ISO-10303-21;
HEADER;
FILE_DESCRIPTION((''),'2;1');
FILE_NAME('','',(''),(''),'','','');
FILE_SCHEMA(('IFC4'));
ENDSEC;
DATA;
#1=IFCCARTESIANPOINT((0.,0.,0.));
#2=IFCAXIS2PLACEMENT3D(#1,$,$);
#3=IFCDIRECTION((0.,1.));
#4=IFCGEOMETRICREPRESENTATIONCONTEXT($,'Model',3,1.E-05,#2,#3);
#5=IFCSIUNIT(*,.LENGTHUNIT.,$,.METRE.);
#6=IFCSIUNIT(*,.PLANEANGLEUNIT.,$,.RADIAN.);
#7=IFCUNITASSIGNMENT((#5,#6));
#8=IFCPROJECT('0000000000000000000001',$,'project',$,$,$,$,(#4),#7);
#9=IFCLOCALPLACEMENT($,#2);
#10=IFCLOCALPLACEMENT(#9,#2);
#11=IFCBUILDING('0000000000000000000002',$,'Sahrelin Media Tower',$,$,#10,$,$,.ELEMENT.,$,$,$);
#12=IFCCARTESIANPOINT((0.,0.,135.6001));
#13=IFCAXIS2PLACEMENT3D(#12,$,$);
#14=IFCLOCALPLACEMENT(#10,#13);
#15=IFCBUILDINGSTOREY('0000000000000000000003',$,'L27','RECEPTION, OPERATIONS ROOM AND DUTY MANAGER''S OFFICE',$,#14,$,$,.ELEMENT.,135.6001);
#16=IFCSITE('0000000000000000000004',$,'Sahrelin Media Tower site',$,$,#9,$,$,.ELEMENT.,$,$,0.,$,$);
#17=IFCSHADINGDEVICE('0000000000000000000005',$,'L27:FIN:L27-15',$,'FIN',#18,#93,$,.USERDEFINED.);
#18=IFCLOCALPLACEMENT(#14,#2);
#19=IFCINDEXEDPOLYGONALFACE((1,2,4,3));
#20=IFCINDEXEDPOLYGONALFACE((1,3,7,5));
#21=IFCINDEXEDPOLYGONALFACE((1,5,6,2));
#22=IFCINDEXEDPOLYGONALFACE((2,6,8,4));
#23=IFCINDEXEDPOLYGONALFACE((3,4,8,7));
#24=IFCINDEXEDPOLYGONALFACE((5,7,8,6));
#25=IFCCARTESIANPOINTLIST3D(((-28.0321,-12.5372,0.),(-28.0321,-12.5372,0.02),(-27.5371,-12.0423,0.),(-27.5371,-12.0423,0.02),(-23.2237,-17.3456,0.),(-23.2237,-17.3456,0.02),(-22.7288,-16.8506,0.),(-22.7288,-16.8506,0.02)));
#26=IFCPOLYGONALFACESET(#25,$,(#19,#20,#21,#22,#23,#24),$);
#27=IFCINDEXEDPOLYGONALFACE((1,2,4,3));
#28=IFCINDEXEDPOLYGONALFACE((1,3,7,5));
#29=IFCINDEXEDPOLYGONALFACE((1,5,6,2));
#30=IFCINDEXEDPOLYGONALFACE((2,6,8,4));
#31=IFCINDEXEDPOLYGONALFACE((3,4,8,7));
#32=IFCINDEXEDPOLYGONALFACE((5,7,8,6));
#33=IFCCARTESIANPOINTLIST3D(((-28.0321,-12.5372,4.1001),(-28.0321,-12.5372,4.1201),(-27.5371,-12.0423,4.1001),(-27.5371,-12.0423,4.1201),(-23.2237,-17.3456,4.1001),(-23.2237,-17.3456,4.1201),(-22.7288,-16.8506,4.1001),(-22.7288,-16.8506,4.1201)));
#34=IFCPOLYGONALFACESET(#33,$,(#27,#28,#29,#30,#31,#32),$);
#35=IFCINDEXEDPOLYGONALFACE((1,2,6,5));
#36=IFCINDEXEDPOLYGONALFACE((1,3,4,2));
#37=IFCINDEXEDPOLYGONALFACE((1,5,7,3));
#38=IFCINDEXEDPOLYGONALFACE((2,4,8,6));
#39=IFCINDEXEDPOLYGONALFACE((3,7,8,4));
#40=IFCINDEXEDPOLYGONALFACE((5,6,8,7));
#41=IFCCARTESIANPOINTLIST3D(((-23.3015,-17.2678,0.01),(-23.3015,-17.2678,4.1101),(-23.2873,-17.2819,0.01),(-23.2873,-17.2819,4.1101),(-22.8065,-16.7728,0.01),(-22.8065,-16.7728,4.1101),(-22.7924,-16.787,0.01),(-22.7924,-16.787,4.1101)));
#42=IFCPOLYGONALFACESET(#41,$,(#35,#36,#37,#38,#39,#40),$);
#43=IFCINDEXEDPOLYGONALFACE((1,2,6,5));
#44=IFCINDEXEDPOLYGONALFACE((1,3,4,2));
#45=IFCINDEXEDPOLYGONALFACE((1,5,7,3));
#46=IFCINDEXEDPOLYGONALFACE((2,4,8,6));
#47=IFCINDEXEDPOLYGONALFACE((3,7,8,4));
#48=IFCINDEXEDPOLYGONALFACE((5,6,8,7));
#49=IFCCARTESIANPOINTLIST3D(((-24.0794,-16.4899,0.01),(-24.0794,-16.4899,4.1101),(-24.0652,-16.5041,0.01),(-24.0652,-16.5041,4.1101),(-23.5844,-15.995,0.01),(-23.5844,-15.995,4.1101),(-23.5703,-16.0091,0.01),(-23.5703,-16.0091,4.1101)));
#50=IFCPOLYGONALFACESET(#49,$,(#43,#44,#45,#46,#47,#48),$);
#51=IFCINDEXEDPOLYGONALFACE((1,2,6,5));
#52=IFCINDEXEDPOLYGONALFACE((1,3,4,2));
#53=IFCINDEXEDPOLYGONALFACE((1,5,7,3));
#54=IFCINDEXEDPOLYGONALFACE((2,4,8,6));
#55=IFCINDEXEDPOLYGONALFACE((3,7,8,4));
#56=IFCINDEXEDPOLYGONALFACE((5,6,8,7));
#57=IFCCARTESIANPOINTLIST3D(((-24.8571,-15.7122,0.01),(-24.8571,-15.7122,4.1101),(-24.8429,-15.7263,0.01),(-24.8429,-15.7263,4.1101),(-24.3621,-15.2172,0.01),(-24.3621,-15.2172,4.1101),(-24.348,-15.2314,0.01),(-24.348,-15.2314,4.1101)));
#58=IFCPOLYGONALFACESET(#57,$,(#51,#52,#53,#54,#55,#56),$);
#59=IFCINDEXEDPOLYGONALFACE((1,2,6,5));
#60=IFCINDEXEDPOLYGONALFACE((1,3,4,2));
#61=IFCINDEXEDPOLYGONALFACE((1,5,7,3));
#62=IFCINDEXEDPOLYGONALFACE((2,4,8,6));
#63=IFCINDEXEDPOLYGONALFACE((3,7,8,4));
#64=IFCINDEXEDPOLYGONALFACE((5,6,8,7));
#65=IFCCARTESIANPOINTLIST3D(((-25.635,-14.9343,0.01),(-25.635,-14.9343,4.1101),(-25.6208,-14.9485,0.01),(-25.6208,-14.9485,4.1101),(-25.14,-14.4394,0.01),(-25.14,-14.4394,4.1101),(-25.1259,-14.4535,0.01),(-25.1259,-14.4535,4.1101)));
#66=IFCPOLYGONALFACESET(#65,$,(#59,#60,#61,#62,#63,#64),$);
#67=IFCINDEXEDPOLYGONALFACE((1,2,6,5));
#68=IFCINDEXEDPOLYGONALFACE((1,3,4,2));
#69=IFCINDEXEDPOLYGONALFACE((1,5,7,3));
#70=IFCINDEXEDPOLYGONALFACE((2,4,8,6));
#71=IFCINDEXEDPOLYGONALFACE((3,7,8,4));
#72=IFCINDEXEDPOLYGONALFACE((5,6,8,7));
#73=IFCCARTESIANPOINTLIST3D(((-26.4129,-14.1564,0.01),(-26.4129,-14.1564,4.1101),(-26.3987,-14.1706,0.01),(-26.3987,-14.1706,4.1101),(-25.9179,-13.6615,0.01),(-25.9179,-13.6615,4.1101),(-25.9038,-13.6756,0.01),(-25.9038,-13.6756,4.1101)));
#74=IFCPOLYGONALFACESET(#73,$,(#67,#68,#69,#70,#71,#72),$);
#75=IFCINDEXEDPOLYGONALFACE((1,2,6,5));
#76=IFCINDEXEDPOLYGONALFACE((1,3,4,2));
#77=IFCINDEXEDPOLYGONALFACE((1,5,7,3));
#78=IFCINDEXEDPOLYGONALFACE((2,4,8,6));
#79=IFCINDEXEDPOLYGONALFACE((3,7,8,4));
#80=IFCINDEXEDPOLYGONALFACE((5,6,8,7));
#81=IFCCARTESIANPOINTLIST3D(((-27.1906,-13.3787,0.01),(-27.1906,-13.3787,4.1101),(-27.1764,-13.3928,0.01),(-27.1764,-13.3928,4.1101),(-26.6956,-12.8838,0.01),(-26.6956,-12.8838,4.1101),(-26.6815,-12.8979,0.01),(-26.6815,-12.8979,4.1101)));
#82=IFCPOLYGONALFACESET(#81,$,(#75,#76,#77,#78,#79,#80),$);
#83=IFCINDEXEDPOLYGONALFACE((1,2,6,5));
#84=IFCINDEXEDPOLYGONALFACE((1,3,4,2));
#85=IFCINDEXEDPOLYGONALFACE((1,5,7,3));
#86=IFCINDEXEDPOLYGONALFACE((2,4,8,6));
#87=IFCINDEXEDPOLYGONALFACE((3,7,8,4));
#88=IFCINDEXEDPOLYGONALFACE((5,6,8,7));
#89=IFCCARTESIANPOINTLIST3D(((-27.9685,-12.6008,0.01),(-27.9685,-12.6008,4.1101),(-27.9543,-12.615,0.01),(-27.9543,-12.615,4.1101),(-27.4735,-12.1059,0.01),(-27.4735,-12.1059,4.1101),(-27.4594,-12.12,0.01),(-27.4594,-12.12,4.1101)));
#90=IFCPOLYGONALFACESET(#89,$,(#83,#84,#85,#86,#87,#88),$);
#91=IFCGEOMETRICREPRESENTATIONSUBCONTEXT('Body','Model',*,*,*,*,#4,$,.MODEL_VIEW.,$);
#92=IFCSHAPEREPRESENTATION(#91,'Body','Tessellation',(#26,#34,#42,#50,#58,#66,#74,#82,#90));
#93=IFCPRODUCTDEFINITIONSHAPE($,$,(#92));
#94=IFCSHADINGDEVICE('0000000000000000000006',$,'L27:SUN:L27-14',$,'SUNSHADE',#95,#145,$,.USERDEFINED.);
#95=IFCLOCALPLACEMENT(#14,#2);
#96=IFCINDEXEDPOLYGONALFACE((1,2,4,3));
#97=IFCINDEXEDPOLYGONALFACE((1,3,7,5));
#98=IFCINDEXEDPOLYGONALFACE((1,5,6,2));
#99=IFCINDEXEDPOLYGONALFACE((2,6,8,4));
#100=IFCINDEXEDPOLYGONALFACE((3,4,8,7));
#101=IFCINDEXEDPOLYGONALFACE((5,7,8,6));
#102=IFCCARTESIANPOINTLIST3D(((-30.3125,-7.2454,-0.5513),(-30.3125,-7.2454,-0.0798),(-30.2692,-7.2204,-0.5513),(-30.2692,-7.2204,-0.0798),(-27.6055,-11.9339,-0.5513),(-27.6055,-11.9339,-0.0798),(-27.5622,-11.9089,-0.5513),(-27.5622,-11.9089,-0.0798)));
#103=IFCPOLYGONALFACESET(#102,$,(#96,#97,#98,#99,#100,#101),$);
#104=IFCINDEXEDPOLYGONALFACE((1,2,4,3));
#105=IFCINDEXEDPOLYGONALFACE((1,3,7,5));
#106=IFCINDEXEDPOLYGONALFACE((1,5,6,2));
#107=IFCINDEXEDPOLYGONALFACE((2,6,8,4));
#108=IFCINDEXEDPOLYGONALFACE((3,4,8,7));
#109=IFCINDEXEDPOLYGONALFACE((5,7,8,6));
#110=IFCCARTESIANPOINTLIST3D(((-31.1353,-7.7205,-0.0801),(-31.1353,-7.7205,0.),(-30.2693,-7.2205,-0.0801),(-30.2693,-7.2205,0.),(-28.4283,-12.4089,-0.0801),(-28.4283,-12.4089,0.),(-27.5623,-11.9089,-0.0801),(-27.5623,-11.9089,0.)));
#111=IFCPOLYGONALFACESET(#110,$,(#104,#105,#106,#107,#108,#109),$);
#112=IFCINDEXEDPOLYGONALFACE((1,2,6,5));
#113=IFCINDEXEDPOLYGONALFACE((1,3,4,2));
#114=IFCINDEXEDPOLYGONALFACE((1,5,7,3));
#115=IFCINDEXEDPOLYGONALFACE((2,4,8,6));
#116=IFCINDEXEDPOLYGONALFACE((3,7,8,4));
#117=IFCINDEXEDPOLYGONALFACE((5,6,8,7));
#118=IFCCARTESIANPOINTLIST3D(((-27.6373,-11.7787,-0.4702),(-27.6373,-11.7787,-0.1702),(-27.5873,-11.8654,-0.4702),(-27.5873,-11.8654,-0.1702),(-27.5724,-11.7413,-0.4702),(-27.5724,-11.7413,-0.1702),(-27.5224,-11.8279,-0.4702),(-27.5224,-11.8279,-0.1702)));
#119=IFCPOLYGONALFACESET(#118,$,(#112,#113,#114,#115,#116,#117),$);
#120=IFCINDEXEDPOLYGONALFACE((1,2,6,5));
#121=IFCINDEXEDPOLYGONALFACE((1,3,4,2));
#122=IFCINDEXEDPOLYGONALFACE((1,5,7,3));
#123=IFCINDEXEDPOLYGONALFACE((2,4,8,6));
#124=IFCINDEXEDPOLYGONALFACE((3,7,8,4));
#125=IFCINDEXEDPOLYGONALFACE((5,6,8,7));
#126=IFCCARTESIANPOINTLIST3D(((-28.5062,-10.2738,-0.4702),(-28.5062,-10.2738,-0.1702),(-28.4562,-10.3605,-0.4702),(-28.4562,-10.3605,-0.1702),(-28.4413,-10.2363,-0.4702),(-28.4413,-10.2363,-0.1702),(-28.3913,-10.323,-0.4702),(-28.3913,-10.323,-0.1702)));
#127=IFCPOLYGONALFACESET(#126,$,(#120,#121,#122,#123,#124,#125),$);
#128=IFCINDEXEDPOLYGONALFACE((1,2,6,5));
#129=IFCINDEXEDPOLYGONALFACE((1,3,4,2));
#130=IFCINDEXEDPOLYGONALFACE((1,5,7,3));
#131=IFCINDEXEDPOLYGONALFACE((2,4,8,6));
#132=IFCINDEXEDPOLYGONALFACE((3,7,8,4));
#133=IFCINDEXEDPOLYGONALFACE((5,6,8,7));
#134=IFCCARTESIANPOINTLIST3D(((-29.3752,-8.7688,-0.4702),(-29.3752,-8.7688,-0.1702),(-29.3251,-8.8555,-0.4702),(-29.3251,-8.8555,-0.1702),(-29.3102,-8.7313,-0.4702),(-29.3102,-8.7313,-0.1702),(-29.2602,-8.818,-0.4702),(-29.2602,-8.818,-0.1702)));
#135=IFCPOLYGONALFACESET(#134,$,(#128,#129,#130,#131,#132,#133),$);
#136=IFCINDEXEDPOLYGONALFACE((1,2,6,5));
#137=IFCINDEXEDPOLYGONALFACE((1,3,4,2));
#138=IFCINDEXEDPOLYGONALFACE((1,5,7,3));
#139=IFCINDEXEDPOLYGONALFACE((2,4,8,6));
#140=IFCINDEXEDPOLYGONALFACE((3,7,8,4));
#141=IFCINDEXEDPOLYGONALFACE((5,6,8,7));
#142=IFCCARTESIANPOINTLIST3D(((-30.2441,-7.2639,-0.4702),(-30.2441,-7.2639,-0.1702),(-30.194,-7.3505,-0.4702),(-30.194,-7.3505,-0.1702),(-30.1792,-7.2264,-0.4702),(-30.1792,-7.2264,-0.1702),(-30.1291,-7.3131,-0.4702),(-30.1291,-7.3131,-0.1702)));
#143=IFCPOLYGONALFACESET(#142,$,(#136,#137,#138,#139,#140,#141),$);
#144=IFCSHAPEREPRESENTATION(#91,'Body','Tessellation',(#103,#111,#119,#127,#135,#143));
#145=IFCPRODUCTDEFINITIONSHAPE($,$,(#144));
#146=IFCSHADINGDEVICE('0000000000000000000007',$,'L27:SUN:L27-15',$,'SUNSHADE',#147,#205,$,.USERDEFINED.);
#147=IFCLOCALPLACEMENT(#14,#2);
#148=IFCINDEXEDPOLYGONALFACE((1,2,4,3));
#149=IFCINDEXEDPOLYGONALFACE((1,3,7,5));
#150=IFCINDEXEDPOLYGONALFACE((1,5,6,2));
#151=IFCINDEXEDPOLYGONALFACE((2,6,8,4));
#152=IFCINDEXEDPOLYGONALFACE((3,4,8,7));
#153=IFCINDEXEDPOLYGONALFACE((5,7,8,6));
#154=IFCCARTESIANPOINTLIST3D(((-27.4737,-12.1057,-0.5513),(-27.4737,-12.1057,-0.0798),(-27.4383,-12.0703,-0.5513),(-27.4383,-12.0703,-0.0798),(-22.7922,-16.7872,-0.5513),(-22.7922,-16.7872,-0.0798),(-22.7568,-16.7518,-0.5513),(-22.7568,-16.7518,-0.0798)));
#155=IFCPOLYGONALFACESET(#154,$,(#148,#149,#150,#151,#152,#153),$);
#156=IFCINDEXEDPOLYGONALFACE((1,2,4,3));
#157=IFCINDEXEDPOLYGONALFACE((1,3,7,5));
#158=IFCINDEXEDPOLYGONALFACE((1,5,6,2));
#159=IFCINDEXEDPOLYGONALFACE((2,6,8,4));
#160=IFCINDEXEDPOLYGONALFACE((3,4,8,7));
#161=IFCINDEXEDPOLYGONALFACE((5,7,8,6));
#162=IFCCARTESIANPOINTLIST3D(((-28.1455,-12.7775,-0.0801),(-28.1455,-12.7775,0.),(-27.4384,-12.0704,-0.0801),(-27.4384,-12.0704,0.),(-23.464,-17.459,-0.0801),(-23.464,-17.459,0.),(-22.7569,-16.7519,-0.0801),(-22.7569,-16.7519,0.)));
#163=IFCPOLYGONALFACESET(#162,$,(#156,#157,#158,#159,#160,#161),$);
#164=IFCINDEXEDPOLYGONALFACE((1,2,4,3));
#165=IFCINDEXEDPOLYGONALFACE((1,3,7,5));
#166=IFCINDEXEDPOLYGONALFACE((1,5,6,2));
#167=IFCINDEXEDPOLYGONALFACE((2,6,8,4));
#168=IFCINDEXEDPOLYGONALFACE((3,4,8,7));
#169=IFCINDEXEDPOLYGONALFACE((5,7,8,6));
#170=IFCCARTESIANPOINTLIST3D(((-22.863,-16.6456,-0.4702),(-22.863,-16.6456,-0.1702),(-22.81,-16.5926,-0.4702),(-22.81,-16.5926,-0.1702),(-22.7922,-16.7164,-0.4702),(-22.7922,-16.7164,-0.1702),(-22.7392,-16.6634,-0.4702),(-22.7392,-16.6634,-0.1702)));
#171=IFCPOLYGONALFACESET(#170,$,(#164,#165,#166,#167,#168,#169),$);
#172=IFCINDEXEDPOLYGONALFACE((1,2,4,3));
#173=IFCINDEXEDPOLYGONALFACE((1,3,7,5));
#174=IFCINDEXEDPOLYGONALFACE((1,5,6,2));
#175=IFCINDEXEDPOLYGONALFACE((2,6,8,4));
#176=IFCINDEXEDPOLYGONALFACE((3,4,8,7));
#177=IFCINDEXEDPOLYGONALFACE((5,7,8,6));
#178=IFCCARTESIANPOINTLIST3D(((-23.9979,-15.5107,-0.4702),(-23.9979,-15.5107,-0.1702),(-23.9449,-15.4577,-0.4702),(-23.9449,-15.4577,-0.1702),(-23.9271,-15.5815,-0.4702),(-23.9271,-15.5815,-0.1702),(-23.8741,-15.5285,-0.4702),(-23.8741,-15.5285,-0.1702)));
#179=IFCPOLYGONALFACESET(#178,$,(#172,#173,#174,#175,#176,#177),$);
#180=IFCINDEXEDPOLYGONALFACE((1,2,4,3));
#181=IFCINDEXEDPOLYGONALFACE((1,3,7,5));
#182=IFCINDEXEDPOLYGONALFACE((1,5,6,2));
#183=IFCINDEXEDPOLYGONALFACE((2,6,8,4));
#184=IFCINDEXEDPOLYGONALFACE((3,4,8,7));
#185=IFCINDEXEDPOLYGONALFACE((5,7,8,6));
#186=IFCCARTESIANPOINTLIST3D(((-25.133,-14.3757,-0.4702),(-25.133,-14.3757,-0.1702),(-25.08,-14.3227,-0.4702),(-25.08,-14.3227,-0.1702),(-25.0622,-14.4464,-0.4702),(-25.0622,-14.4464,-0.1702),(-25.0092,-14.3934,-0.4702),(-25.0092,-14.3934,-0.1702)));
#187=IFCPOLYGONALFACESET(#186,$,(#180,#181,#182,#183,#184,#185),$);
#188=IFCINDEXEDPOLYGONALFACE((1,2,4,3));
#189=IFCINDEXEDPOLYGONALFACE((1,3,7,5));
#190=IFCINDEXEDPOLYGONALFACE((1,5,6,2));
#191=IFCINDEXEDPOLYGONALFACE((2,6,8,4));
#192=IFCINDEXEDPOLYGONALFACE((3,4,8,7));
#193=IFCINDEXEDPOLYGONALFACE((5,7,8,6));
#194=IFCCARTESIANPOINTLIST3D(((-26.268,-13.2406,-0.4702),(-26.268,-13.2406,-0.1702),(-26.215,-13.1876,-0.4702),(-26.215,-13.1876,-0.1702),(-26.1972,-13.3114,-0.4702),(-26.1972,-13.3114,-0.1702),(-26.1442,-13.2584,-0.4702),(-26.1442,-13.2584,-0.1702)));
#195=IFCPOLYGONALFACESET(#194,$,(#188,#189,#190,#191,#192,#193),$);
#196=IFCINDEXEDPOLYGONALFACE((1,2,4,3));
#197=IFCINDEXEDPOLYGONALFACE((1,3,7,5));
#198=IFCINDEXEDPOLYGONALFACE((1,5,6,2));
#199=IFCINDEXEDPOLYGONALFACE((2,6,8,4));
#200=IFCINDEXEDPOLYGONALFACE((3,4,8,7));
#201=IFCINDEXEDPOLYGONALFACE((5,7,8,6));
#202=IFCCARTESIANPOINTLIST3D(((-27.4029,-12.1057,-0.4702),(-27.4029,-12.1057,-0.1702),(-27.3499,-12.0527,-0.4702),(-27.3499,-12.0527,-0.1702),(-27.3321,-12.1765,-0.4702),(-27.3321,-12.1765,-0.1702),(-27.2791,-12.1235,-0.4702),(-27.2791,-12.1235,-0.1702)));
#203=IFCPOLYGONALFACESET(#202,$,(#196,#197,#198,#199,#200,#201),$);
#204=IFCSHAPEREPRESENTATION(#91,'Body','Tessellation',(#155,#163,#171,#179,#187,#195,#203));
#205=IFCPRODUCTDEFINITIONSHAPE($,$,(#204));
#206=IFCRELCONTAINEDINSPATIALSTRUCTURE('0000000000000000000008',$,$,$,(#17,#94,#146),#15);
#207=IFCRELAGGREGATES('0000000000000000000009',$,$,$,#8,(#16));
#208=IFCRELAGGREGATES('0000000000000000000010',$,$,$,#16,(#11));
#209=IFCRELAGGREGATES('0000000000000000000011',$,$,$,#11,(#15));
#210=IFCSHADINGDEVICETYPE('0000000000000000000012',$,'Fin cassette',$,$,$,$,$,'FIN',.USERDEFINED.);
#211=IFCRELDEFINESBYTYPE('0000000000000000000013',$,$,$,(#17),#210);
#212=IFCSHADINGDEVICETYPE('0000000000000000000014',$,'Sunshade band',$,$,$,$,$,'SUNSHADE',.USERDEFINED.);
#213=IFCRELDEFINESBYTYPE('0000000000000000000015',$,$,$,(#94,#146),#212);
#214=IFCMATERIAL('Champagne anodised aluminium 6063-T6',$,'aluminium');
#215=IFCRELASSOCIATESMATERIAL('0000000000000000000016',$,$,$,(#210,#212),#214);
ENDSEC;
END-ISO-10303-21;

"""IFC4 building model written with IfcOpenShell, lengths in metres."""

from ifc_helpers import new_model, si_unit, direction, frame, origin, origin_2d, place, context, subcontext, project, spatial, rectangle, extrude, material, type_object, element, save


model = new_model("IFC4")

# Units and contexts
model_context = context("Model", 3, precision=1e-05, world=origin(), true_north=direction((0.0, 1.0)))
body_context = subcontext(model_context, "Body", "Model", "MODEL_VIEW")
ifc_project = project(units=[si_unit("LENGTHUNIT", "METRE"), si_unit("PLANEANGLEUNIT", "RADIAN")], contexts=[model_context])

# Site, building, storey
site_placement = place(None, origin())
site = spatial("IfcSite", under=ifc_project, at=site_placement, Name="Sahrelin Media Tower site", CompositionType="ELEMENT", RefElevation=0.0)
building_placement = place(site_placement, origin())
building = spatial("IfcBuilding", under=site, at=building_placement, Name="Sahrelin Media Tower", CompositionType="ELEMENT")
storey_placement = place(building_placement, frame((0.0, 0.0, 135.6001)))
storey = spatial("IfcBuildingStorey", under=building, at=storey_placement, Name="L27", Description="RECEPTION, OPERATIONS ROOM AND DUTY MANAGER'S OFFICE", CompositionType="ELEMENT", Elevation=135.6001)

# Shared definitions
ifc_material_1 = material(Name="Champagne anodised aluminium 6063-T6", Category="aluminium")

# Shading devices
shading_device_type_1 = type_object("IfcShadingDeviceType", Name="Fin cassette", ElementType="FIN", PredefinedType="USERDEFINED", material=ifc_material_1)
placement_1 = place(storey_placement, frame((-28.8984, -9.5547, 0.0), z_axis=(0.0, 0.0, 1.0), x_axis=(-0.500011, 0.866019, 0.0)))
placement_2 = place(storey_placement, frame((-25.0835, -14.397, 0.0), z_axis=(0.0, 0.0, 1.0), x_axis=(-0.707107, 0.707107, 0.0)))
element("IfcShadingDevice", 1, at=placement_2, inside=storey, type_object=shading_device_type_1, Name="L27:FIN:L27-15", ObjectType="FIN", PredefinedType="USERDEFINED", context=body_context, shape_type="SweptSolid", body=[
    extrude(rectangle(XDim=6.8, YDim=0.7, at=origin_2d()), frame((0.0, 0.4199, 0.0)), (0.0, 0.0, 1.0), 0.02),
    extrude(rectangle(XDim=6.8, YDim=0.7, at=origin_2d()), frame((0.0, 0.4199, 4.1001)), (0.0, 0.0, 1.0), 0.02),
    extrude(rectangle(XDim=0.02, YDim=0.7, at=origin_2d()), frame((-3.3, 0.4199, 0.01), z_axis=(0.0, 0.0, 1.0), x_axis=(1.0, 0.0, 0.0)), (0.0, 0.0, 1.0), 4.1001),
    extrude(rectangle(XDim=0.02, YDim=0.7, at=origin_2d()), frame((-2.2, 0.4199, 0.01), z_axis=(0.0, 0.0, 1.0), x_axis=(1.0, 0.0, 0.0)), (0.0, 0.0, 1.0), 4.1001),
    extrude(rectangle(XDim=0.02, YDim=0.7, at=origin_2d()), frame((-1.1001, 0.4199, 0.01), z_axis=(0.0, 0.0, 1.0), x_axis=(1.0, 0.0, 0.0)), (0.0, 0.0, 1.0), 4.1001),
    extrude(rectangle(XDim=0.02, YDim=0.7, at=origin_2d()), frame((0.0, 0.4199, 0.01), z_axis=(0.0, 0.0, 1.0), x_axis=(1.0, 0.0, 0.0)), (0.0, 0.0, 1.0), 4.1001),
    extrude(rectangle(XDim=0.02, YDim=0.7, at=origin_2d()), frame((1.1001, 0.4199, 0.01), z_axis=(0.0, 0.0, 1.0), x_axis=(1.0, 0.0, 0.0)), (0.0, 0.0, 1.0), 4.1001),
    extrude(rectangle(XDim=0.02, YDim=0.7, at=origin_2d()), frame((2.2, 0.4199, 0.01), z_axis=(0.0, 0.0, 1.0), x_axis=(1.0, 0.0, 0.0)), (0.0, 0.0, 1.0), 4.1001),
    extrude(rectangle(XDim=0.02, YDim=0.7, at=origin_2d()), frame((3.3, 0.4199, 0.01), z_axis=(0.0, 0.0, 1.0), x_axis=(1.0, 0.0, 0.0)), (0.0, 0.0, 1.0), 4.1001),
])
shading_device_type_2 = type_object("IfcShadingDeviceType", Name="Sunshade band", ElementType="SUNSHADE", PredefinedType="USERDEFINED", material=ifc_material_1)
element("IfcShadingDevice", 2, at=placement_1, inside=storey, type_object=shading_device_type_2, Name="L27:SUN:L27-14", ObjectType="SUNSHADE", PredefinedType="USERDEFINED", context=body_context, shape_type="SweptSolid", body=[
    extrude(rectangle(XDim=5.4138, YDim=0.05, at=origin_2d()), frame((0.0, 0.0449, -0.5513)), (0.0, 0.0, 1.0), 0.4714),
    extrude(rectangle(XDim=5.4138, YDim=1.0, at=origin_2d()), frame((0.0, 0.52, -0.0801)), (0.0, 0.0, 1.0), 0.0801),
    extrude(rectangle(XDim=0.1001, YDim=0.075, at=origin_2d()), frame((-2.6067, -0.0176, -0.4702)), (0.0, 0.0, 1.0), 0.3),
    extrude(rectangle(XDim=0.1001, YDim=0.075, at=origin_2d()), frame((-0.8689, -0.0176, -0.4702)), (0.0, 0.0, 1.0), 0.3),
    extrude(rectangle(XDim=0.1001, YDim=0.075, at=origin_2d()), frame((0.8689, -0.0176, -0.4702)), (0.0, 0.0, 1.0), 0.3),
    extrude(rectangle(XDim=0.1001, YDim=0.075, at=origin_2d()), frame((2.6067, -0.0176, -0.4702)), (0.0, 0.0, 1.0), 0.3),
])
element("IfcShadingDevice", 3, at=placement_2, inside=storey, type_object=shading_device_type_2, Name="L27:SUN:L27-15", ObjectType="SUNSHADE", PredefinedType="USERDEFINED", context=body_context, shape_type="SweptSolid", body=[
    extrude(rectangle(XDim=6.6206, YDim=0.05, at=origin_2d()), frame((0.0, 0.0449, -0.5513)), (0.0, 0.0, 1.0), 0.4714),
    extrude(rectangle(XDim=6.6206, YDim=1.0, at=origin_2d()), frame((0.0, 0.52, -0.0801)), (0.0, 0.0, 1.0), 0.0801),
    extrude(rectangle(XDim=0.1001, YDim=0.075, at=origin_2d()), frame((-3.2102, -0.0176, -0.4702)), (0.0, 0.0, 1.0), 0.3),
    extrude(rectangle(XDim=0.1001, YDim=0.075, at=origin_2d()), frame((-1.6052, -0.0176, -0.4702)), (0.0, 0.0, 1.0), 0.3),
    extrude(rectangle(XDim=0.1001, YDim=0.075, at=origin_2d()), frame((0.0, -0.0176, -0.4702)), (0.0, 0.0, 1.0), 0.3),
    extrude(rectangle(XDim=0.1001, YDim=0.075, at=origin_2d()), frame((1.6052, -0.0176, -0.4702)), (0.0, 0.0, 1.0), 0.3),
    extrude(rectangle(XDim=0.1001, YDim=0.075, at=origin_2d()), frame((3.2102, -0.0176, -0.4702)), (0.0, 0.0, 1.0), 0.3),
])

save(model, "model.ifc")
